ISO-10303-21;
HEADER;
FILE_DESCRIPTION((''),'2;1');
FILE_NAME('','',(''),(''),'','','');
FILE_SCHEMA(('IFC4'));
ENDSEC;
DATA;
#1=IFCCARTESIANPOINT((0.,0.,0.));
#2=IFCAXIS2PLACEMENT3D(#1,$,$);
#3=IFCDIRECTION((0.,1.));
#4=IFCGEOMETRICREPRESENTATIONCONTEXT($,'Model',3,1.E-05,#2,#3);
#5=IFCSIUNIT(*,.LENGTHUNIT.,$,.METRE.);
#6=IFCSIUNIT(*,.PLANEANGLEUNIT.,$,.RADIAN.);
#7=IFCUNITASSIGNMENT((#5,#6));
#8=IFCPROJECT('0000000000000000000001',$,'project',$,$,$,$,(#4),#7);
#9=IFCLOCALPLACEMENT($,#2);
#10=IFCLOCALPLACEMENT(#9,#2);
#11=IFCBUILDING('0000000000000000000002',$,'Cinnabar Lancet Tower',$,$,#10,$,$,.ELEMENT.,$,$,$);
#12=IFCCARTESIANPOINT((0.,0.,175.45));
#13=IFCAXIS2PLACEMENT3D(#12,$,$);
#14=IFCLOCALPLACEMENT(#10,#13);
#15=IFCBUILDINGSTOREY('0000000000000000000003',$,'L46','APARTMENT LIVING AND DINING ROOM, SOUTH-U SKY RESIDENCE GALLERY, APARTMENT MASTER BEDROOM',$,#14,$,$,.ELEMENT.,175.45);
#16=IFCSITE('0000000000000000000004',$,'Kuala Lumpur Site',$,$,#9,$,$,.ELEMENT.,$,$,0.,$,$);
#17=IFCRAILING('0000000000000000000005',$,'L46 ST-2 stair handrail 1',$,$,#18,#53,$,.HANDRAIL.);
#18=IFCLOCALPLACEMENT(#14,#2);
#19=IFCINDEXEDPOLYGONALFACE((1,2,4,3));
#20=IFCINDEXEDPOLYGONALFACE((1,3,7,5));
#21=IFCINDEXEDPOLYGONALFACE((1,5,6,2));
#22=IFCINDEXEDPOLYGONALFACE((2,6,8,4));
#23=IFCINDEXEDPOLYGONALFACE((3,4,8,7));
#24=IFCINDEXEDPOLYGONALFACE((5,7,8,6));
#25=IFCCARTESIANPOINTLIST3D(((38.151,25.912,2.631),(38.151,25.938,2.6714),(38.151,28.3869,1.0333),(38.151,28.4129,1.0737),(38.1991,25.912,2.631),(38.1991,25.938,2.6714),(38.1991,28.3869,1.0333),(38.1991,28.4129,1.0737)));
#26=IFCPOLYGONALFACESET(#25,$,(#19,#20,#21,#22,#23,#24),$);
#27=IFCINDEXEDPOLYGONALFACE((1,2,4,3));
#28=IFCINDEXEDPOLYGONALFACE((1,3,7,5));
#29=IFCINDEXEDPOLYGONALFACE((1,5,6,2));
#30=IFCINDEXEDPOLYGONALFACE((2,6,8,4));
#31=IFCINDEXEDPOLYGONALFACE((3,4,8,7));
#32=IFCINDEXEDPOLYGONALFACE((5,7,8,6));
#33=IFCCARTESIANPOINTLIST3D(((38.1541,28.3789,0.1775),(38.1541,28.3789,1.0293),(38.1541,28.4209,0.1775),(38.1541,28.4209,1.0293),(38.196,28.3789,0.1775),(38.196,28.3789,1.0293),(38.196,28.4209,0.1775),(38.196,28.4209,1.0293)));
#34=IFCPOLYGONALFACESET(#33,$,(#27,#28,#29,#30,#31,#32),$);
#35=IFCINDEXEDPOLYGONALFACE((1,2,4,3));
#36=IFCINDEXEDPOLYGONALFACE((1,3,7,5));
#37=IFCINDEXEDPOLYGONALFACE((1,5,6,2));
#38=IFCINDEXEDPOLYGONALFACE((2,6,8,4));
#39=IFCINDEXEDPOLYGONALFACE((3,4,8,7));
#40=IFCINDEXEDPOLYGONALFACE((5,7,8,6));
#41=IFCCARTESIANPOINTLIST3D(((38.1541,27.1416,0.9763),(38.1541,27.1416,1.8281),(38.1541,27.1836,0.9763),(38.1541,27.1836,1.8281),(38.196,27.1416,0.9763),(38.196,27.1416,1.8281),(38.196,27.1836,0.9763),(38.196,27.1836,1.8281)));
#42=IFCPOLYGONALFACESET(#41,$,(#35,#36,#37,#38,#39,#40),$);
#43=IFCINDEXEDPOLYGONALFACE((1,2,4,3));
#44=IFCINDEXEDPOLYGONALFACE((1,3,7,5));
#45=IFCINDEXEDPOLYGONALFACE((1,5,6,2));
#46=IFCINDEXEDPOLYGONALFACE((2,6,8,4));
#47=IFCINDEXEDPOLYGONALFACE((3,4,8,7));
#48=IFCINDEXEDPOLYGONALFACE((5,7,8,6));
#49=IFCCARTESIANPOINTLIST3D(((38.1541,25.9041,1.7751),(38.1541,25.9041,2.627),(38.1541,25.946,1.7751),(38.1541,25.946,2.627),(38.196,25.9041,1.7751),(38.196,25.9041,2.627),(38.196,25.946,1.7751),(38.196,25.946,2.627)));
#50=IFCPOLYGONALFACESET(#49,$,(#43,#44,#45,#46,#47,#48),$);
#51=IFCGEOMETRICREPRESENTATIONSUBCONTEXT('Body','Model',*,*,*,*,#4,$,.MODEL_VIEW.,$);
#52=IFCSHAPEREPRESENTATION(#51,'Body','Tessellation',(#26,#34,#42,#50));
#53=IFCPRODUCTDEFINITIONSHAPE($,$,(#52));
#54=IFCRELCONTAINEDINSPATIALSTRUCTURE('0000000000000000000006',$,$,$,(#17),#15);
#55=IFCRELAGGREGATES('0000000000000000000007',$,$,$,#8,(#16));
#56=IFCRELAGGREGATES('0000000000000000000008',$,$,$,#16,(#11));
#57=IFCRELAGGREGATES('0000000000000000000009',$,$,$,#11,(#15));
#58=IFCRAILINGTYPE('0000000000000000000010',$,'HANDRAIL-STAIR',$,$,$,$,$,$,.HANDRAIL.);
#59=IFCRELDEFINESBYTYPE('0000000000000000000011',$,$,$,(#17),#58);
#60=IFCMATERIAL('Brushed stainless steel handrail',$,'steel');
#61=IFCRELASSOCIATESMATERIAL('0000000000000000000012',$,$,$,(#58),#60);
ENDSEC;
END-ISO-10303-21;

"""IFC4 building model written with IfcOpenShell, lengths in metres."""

from ifc_helpers import new_model, si_unit, direction, frame, origin, origin_2d, place, context, subcontext, project, spatial, rectangle, extrude, material, type_object, element, save


model = new_model("IFC4")

# Units and contexts
model_context = context("Model", 3, precision=1e-05, world=origin(), true_north=direction((0.0, 1.0)))
body_context = subcontext(model_context, "Body", "Model", "MODEL_VIEW")
ifc_project = project(units=[si_unit("LENGTHUNIT", "METRE"), si_unit("PLANEANGLEUNIT", "RADIAN")], contexts=[model_context])

# Site, building, storey
site_placement = place(None, origin())
site = spatial("IfcSite", under=ifc_project, at=site_placement, Name="Kuala Lumpur Site", CompositionType="ELEMENT", RefElevation=0.0)
building_placement = place(site_placement, origin())
building = spatial("IfcBuilding", under=site, at=building_placement, Name="Cinnabar Lancet Tower", CompositionType="ELEMENT")
storey_placement = place(building_placement, frame((0.0, 0.0, 175.45)))
storey = spatial("IfcBuildingStorey", under=building, at=storey_placement, Name="L46", Description="APARTMENT LIVING AND DINING ROOM, SOUTH-U SKY RESIDENCE GALLERY, APARTMENT MASTER BEDROOM", CompositionType="ELEMENT", Elevation=175.45)

# Railing
ifc_material_1 = material(Name="Brushed stainless steel handrail", Category="steel")
railing_type_1 = type_object("IfcRailingType", Name="HANDRAIL-STAIR", PredefinedType="HANDRAIL", material=ifc_material_1)
railing_1_placement = place(storey_placement, frame((38.175, 28.3999, 0.1775)))
element("IfcRailing", 1, at=railing_1_placement, inside=storey, type_object=railing_type_1, Name="L46 ST-2 stair handrail 1", PredefinedType="HANDRAIL", context=body_context, shape_type="SweptSolid", body=[
    extrude(rectangle(XDim=0.0481, YDim=0.0481, at=origin_2d()), frame((0.0, 0.0, 0.876), z_axis=(0.0, -0.840146, 0.542361), x_axis=(1.0, 0.0, 0.0)), (0.0, 0.0, 1.0), 2.9458),
    extrude(rectangle(XDim=0.042, YDim=0.042, at=origin_2d()), origin(), (0.0, 0.0, 1.0), 0.8518),
    extrude(rectangle(XDim=0.042, YDim=0.042, at=origin_2d()), frame((0.0, -1.2373, 0.7988)), (0.0, 0.0, 1.0), 0.8518),
    extrude(rectangle(XDim=0.042, YDim=0.042, at=origin_2d()), frame((0.0, -2.4749, 1.5977)), (0.0, 0.0, 1.0), 0.8518),
])

save(model, "model.ifc")
